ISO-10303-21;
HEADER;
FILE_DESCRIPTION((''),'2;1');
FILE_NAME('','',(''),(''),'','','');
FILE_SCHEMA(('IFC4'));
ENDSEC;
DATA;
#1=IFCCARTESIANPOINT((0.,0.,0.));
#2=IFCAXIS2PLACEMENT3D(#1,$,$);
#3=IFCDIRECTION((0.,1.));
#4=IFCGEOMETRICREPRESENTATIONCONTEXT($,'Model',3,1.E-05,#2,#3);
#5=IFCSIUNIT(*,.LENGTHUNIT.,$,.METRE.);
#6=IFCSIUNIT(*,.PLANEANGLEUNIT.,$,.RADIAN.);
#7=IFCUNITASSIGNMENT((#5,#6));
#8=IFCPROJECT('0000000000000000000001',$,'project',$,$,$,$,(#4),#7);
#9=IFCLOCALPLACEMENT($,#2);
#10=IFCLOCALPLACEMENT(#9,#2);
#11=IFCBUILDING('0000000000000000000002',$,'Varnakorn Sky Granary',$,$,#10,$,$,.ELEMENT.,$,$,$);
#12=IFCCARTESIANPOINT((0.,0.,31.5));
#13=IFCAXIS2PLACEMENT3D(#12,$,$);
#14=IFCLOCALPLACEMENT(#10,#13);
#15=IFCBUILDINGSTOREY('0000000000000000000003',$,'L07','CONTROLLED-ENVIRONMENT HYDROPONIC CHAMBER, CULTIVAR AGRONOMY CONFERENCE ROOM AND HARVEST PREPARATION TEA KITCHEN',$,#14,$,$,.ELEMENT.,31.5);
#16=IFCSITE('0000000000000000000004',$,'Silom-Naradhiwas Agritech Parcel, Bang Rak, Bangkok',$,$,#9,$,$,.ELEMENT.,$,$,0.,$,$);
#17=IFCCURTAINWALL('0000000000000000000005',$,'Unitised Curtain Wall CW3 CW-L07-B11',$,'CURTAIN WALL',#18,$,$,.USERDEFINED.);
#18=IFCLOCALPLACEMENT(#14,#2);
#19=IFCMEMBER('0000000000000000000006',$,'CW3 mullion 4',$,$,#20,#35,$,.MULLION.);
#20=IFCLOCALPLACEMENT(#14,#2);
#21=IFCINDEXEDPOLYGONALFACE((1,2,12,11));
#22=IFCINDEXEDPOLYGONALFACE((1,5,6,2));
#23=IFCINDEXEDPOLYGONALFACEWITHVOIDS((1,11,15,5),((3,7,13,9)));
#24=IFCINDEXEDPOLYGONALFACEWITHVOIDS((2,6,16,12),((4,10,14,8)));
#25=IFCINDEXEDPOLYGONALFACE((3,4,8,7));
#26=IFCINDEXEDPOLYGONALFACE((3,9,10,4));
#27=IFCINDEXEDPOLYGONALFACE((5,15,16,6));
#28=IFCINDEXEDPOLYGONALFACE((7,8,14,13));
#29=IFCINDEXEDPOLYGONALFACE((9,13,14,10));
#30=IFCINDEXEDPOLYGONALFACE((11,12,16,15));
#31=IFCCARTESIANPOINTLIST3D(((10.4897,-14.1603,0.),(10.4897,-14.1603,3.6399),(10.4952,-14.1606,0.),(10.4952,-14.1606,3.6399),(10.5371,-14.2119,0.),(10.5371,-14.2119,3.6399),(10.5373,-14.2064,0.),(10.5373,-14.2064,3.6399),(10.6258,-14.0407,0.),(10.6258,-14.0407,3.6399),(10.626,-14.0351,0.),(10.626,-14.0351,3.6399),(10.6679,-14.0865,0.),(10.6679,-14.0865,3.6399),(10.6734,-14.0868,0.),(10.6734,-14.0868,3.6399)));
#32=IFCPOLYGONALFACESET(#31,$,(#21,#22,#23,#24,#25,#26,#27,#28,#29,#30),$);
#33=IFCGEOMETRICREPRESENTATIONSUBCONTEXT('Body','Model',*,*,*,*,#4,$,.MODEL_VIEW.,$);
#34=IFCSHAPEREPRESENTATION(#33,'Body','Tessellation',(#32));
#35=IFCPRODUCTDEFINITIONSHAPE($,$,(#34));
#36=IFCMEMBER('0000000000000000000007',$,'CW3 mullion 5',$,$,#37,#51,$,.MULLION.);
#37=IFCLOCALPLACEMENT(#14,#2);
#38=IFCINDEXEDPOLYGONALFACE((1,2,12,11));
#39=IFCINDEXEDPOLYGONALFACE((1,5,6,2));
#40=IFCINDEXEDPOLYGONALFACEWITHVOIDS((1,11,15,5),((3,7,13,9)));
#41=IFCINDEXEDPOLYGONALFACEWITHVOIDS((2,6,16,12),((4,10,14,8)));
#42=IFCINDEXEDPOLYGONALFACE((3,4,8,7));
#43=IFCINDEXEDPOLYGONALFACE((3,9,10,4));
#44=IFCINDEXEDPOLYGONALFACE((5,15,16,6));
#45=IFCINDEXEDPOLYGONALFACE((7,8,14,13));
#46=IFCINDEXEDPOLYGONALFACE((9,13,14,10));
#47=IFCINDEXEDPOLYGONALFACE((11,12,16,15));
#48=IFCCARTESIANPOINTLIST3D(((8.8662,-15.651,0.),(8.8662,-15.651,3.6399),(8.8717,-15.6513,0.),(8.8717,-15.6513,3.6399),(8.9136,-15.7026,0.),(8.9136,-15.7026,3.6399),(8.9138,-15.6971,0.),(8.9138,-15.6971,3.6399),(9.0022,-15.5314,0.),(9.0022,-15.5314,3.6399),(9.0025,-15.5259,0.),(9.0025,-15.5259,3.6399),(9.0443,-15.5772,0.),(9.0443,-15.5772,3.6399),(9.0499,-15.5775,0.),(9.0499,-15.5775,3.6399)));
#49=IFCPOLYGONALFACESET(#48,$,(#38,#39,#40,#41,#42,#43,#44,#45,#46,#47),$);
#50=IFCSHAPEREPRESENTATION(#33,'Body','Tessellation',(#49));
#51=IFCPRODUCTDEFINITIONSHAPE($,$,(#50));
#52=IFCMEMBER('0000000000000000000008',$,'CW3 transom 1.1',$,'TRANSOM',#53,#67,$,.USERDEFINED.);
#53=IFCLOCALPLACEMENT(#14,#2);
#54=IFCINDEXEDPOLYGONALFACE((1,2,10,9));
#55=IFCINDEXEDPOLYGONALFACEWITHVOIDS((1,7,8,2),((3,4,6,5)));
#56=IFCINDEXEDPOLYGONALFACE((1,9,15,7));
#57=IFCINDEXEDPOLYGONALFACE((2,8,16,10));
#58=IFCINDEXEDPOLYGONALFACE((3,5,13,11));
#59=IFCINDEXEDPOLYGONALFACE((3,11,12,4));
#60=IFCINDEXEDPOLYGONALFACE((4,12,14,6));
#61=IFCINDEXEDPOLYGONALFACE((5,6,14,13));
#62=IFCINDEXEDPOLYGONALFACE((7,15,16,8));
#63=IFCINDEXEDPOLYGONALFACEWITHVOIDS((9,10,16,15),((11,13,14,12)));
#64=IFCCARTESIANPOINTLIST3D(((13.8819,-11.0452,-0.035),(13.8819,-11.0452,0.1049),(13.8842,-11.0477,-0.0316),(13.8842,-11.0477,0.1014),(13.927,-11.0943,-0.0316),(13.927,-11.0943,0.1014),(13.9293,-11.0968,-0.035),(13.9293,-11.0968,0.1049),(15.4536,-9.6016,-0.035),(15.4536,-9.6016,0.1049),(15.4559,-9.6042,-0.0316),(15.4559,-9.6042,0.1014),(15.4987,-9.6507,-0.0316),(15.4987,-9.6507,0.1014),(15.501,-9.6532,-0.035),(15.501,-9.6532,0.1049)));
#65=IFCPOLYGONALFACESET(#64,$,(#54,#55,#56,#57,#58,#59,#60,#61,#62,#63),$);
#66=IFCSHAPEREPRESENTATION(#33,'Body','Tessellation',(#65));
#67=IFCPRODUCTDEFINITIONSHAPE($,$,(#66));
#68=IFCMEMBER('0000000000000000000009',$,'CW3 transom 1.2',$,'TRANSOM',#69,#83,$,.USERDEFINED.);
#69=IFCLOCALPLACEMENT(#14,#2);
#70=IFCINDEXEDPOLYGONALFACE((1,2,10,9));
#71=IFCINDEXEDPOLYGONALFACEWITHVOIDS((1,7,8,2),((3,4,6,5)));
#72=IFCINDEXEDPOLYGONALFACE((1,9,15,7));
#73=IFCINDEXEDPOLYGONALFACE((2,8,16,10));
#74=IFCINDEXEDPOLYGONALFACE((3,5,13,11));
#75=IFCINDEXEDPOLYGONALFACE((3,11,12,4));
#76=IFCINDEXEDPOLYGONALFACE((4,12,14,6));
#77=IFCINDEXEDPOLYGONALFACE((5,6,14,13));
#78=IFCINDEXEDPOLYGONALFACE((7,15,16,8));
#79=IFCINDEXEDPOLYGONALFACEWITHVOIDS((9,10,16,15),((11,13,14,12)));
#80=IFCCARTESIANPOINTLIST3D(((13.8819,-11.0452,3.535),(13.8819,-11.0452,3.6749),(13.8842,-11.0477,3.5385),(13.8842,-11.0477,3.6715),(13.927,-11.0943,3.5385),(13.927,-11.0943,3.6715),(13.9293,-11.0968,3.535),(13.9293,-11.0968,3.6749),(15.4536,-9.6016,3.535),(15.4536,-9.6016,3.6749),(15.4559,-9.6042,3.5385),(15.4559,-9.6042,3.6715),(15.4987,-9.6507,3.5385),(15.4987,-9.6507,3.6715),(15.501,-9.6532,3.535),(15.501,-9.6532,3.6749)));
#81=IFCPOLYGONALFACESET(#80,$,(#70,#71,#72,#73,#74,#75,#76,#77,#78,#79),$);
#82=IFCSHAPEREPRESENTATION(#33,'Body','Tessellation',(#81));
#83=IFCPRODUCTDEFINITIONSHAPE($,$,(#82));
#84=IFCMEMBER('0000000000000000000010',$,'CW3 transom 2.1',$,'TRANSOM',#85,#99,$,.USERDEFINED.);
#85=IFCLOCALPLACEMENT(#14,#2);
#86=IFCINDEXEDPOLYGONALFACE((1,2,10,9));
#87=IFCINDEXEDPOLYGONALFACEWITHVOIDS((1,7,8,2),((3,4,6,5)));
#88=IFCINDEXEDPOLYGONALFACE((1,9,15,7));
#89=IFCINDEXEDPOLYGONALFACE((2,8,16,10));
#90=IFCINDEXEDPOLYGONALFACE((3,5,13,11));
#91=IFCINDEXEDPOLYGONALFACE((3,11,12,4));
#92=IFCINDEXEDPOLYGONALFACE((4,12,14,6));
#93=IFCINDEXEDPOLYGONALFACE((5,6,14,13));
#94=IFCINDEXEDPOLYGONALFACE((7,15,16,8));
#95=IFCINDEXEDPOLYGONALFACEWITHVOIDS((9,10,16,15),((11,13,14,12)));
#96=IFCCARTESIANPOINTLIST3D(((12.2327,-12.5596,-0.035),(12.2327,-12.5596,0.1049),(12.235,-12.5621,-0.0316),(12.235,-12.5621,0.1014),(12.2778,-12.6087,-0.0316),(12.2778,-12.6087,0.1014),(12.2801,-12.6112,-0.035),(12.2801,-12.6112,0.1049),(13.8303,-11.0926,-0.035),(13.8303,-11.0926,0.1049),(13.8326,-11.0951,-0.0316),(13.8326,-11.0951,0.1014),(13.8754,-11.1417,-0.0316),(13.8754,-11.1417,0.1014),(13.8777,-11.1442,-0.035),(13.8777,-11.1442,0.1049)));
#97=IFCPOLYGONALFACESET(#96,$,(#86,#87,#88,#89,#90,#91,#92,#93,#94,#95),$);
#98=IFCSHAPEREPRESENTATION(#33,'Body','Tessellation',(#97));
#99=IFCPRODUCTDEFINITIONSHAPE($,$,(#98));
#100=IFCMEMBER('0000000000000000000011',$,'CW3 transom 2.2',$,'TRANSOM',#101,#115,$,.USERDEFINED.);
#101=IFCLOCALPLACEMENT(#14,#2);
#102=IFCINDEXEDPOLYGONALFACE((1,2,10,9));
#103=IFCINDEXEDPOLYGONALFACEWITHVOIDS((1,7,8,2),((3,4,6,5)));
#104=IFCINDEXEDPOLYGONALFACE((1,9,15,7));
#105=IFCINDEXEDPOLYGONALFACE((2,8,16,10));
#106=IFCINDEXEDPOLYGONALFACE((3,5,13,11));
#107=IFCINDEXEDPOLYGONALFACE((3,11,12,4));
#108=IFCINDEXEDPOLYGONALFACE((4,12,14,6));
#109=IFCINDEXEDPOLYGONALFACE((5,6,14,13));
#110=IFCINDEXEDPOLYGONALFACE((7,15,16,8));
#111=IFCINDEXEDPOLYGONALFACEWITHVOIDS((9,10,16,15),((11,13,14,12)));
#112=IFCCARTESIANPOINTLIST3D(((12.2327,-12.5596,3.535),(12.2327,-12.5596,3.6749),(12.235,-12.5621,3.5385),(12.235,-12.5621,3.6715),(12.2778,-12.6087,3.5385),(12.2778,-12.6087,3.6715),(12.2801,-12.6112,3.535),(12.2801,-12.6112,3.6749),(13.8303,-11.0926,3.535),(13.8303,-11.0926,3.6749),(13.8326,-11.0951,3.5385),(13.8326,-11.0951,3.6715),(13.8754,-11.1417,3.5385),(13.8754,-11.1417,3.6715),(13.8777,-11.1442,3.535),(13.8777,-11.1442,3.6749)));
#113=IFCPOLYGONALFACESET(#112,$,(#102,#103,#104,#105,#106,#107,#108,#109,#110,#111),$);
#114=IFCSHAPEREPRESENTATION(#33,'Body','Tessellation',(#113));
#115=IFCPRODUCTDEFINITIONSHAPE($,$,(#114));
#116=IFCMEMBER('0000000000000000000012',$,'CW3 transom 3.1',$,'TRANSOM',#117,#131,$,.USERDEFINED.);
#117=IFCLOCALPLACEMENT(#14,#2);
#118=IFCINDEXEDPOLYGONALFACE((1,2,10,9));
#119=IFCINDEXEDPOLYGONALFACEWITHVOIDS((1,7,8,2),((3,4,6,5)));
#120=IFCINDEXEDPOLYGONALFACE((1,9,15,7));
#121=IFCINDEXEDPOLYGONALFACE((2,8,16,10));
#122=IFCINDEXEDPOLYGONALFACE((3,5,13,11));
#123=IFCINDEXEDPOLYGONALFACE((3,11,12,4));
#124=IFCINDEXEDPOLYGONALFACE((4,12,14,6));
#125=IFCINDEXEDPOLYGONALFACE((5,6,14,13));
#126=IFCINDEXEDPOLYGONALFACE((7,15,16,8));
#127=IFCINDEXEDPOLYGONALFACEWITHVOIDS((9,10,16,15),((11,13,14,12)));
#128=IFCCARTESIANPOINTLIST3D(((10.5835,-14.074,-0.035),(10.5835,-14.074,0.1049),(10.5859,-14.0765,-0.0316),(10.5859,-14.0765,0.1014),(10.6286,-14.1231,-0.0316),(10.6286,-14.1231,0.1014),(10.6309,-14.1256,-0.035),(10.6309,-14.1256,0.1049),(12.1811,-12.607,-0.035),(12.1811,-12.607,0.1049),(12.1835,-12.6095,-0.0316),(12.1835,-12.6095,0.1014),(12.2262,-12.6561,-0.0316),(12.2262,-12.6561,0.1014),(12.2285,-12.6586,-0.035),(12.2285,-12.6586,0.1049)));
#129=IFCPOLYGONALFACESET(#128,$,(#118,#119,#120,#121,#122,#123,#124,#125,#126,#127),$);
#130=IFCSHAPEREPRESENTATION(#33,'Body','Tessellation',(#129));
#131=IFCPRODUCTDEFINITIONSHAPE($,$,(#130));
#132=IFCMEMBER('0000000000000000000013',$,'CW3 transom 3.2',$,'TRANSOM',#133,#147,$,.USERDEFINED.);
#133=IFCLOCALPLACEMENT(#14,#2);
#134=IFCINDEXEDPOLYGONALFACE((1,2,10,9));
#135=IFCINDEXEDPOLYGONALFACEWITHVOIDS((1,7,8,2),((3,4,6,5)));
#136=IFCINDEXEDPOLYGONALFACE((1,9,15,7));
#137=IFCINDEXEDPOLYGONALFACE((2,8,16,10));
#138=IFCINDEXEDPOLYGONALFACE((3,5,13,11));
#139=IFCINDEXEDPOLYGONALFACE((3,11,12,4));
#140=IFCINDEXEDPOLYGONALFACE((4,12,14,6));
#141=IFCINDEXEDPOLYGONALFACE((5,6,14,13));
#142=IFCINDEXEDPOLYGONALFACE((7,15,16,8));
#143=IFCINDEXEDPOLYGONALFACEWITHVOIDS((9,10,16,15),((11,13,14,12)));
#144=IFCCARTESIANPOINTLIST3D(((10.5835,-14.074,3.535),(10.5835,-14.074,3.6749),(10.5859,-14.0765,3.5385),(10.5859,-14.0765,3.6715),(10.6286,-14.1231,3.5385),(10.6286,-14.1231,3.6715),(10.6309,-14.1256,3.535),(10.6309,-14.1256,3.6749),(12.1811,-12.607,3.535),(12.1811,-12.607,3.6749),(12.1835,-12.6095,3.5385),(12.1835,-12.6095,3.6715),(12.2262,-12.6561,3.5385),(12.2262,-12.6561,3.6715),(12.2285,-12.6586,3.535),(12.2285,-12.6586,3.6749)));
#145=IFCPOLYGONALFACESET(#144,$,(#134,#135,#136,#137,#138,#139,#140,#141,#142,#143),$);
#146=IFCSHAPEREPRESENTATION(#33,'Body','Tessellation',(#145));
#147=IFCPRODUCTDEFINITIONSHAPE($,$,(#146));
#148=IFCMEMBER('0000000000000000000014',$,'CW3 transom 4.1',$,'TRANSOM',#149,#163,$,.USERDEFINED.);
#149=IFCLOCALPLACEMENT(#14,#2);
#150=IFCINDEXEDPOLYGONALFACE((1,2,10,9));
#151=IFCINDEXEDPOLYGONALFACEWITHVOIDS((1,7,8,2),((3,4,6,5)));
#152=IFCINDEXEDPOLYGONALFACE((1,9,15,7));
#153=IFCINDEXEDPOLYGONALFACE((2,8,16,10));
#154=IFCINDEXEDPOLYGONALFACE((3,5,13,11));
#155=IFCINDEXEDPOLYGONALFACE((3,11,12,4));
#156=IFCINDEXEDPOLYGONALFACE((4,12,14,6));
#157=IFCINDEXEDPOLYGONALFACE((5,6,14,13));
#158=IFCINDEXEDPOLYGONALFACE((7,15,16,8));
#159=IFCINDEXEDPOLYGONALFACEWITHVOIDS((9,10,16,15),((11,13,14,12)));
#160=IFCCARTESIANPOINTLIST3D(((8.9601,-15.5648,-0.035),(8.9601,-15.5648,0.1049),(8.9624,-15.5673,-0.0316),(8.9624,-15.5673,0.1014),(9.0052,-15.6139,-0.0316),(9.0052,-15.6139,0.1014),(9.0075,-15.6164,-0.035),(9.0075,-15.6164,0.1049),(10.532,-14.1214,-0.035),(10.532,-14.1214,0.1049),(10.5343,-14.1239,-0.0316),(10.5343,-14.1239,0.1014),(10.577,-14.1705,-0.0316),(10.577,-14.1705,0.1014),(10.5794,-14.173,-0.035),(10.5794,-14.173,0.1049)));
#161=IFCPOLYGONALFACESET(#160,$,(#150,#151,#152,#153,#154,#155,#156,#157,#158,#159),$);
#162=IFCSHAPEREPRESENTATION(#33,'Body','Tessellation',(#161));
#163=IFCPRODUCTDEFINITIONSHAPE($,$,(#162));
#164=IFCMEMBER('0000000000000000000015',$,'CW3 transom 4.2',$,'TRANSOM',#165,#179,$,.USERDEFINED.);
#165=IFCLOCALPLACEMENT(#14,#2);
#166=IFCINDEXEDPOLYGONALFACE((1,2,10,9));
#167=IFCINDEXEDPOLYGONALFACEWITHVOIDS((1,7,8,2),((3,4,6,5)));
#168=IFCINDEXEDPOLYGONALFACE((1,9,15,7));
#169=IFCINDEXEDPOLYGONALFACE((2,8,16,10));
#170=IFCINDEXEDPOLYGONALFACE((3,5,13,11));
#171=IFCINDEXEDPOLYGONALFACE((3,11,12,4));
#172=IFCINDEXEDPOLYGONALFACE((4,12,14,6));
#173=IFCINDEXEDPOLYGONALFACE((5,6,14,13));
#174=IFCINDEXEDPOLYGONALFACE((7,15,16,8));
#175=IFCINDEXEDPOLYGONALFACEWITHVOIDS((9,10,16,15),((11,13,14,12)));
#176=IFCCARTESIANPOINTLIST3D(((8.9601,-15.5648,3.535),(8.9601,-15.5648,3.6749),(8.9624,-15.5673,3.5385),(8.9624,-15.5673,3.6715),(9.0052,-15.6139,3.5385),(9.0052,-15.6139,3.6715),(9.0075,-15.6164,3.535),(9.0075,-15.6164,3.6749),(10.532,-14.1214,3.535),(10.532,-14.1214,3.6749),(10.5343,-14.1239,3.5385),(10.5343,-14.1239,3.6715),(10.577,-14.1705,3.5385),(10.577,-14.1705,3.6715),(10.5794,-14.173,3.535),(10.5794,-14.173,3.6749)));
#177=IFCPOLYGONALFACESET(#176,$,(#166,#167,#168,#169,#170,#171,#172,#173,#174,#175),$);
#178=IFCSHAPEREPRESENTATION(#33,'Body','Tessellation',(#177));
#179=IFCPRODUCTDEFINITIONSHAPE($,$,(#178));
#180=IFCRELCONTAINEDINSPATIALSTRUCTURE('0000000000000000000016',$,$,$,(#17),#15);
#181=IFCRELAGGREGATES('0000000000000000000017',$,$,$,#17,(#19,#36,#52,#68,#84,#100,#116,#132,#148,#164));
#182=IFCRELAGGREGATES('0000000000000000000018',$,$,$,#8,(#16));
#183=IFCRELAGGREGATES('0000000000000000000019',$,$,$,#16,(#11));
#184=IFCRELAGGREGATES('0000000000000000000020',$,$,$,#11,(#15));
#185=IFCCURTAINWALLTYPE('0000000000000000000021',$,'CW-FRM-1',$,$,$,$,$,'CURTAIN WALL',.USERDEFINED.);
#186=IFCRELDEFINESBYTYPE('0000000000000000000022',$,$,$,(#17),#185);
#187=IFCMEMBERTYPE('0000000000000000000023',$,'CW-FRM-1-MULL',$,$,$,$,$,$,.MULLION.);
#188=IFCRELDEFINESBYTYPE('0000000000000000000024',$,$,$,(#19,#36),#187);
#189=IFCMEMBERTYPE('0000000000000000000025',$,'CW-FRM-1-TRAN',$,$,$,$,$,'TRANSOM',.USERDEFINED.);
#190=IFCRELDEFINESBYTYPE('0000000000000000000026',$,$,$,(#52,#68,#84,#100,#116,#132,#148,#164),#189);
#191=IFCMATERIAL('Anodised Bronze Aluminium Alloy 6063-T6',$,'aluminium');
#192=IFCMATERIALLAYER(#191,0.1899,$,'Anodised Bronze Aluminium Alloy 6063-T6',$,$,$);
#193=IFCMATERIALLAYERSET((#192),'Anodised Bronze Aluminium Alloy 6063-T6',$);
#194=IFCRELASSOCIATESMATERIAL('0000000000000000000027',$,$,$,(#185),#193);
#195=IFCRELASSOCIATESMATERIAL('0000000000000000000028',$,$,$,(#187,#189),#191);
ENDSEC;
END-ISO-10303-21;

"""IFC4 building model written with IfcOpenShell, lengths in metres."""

from ifc_helpers import new_model, si_unit, direction, frame, origin, origin_2d, place, context, subcontext, project, spatial, hollow_rectangle, extrude, material, layer, layer_set, material_profile, profile_set, type_object, element, aggregate, save


model = new_model("IFC4")

# Units and contexts
model_context = context("Model", 3, precision=1e-05, world=origin(), true_north=direction((0.0, 1.0)))
body_context = subcontext(model_context, "Body", "Model", "MODEL_VIEW")
ifc_project = project(units=[si_unit("LENGTHUNIT", "METRE"), si_unit("PLANEANGLEUNIT", "RADIAN")], contexts=[model_context])

# Site, building, storey
site_placement = place(None, origin())
site = spatial("IfcSite", under=ifc_project, at=site_placement, Name="Silom-Naradhiwas Agritech Parcel, Bang Rak, Bangkok", CompositionType="ELEMENT", RefElevation=0.0)
building_placement = place(site_placement, origin())
building = spatial("IfcBuilding", under=site, at=building_placement, Name="Varnakorn Sky Granary", CompositionType="ELEMENT")
storey_placement = place(building_placement, frame((0.0, 0.0, 31.5)))
storey = spatial("IfcBuildingStorey", under=building, at=storey_placement, Name="L07", Description="CONTROLLED-ENVIRONMENT HYDROPONIC CHAMBER, CULTIVAR AGRONOMY CONFERENCE ROOM AND HARVEST PREPARATION TEA KITCHEN", CompositionType="ELEMENT", Elevation=31.5)

# Curtain wall, members
ifc_material_1 = material(Name="Anodised Bronze Aluminium Alloy 6063-T6", Category="aluminium")
ifc_layer_1 = layer(ifc_material_1, 0.1899, Name="Anodised Bronze Aluminium Alloy 6063-T6")
ifc_layer_set_1 = layer_set([ifc_layer_1], Name="Anodised Bronze Aluminium Alloy 6063-T6")
curtain_wall_type = type_object("IfcCurtainWallType", Name="CW-FRM-1", ElementType="CURTAIN WALL", PredefinedType="USERDEFINED", material=ifc_layer_set_1)
curtain_wall_placement = place(storey_placement, origin())
curtain_wall = element("IfcCurtainWall", 1, at=curtain_wall_placement, inside=storey, type_object=curtain_wall_type, Name="Unitised Curtain Wall CW3 CW-L07-B11", ObjectType="CURTAIN WALL", PredefinedType="USERDEFINED")
ifc_material_profile_1 = material_profile(ifc_material_1, hollow_rectangle(XDim=0.0701, YDim=0.1851, WallThickness=0.0039, at=origin_2d()), Name="ALU MULL 70x185")
ifc_profile_set_1 = profile_set([ifc_material_profile_1], Name="Anodised Bronze Aluminium Alloy 6063-T6")
member_type_1 = type_object("IfcMemberType", Name="CW-FRM-1-MULL", PredefinedType="MULLION", material=ifc_profile_set_1)
member_1_placement = place(storey_placement, frame((10.5815, -14.1235, 0.0), z_axis=(0.0, 0.0, 1.0), x_axis=(0.676387, -0.736547, 0.0)))
member_1 = element("IfcMember", 2, at=member_1_placement, type_object=member_type_1, Name="CW3 mullion 4", PredefinedType="MULLION", context=body_context, shape_type="SweptSolid", body=[
    extrude(hollow_rectangle(XDim=0.0701, YDim=0.1851, WallThickness=0.0039, at=origin_2d()), origin(), (0.0, 0.0, 1.0), 3.6399),
])
member_2_placement = place(storey_placement, frame((8.958, -15.6143, 0.0), z_axis=(0.0, 0.0, 1.0), x_axis=(0.676387, -0.736547, 0.0)))
member_2 = element("IfcMember", 3, at=member_2_placement, type_object=member_type_1, Name="CW3 mullion 5", PredefinedType="MULLION", context=body_context, shape_type="SweptSolid", body=[
    extrude(hollow_rectangle(XDim=0.0701, YDim=0.1851, WallThickness=0.0039, at=origin_2d()), origin(), (0.0, 0.0, 1.0), 3.6399),
])
ifc_material_profile_2 = material_profile(ifc_material_1, hollow_rectangle(XDim=0.0701, YDim=0.1399, WallThickness=0.0034, at=origin_2d()), Name="ALU TRAN 70x140")
ifc_profile_set_2 = profile_set([ifc_material_profile_2], Name="Anodised Bronze Aluminium Alloy 6063-T6")
member_type_2 = type_object("IfcMemberType", Name="CW-FRM-1-TRAN", ElementType="TRANSOM", PredefinedType="USERDEFINED", material=ifc_profile_set_2)
member_3_placement = place(storey_placement, frame((15.4773, -9.6274, 0.0349), z_axis=(-0.736498, -0.676439, 0.0), x_axis=(0.676439, -0.736498, 0.0)))
member_3 = element("IfcMember", 4, at=member_3_placement, type_object=member_type_2, Name="CW3 transom 1.1", ObjectType="TRANSOM", PredefinedType="USERDEFINED", context=body_context, shape_type="SweptSolid", body=[
    extrude(hollow_rectangle(XDim=0.0701, YDim=0.1399, WallThickness=0.0034, at=origin_2d()), origin(), (0.0, 0.0, 1.0), 2.134),
])
member_4_placement = place(storey_placement, frame((15.4773, -9.6274, 3.605), z_axis=(-0.736498, -0.676439, 0.0), x_axis=(0.676439, -0.736498, 0.0)))
member_4 = element("IfcMember", 5, at=member_4_placement, type_object=member_type_2, Name="CW3 transom 1.2", ObjectType="TRANSOM", PredefinedType="USERDEFINED", context=body_context, shape_type="SweptSolid", body=[
    extrude(hollow_rectangle(XDim=0.0701, YDim=0.1399, WallThickness=0.0034, at=origin_2d()), origin(), (0.0, 0.0, 1.0), 2.134),
])
member_5_placement = place(storey_placement, frame((13.854, -11.1184, 0.0349), z_axis=(-0.736575, -0.676356, 0.0), x_axis=(0.676356, -0.736575, 0.0)))
member_5 = element("IfcMember", 6, at=member_5_placement, type_object=member_type_2, Name="CW3 transom 2.1", ObjectType="TRANSOM", PredefinedType="USERDEFINED", context=body_context, shape_type="SweptSolid", body=[
    extrude(hollow_rectangle(XDim=0.0701, YDim=0.1399, WallThickness=0.0034, at=origin_2d()), origin(), (0.0, 0.0, 1.0), 2.1689),
])
member_6_placement = place(storey_placement, frame((13.854, -11.1184, 3.605), z_axis=(-0.736575, -0.676356, 0.0), x_axis=(0.676356, -0.736575, 0.0)))
member_6 = element("IfcMember", 7, at=member_6_placement, type_object=member_type_2, Name="CW3 transom 2.2", ObjectType="TRANSOM", PredefinedType="USERDEFINED", context=body_context, shape_type="SweptSolid", body=[
    extrude(hollow_rectangle(XDim=0.0701, YDim=0.1399, WallThickness=0.0034, at=origin_2d()), origin(), (0.0, 0.0, 1.0), 2.1689),
])
member_7_placement = place(storey_placement, frame((12.2048, -12.6328, 0.0349), z_axis=(-0.736575, -0.676356, 0.0), x_axis=(0.676356, -0.736575, 0.0)))
member_7 = element("IfcMember", 8, at=member_7_placement, type_object=member_type_2, Name="CW3 transom 3.1", ObjectType="TRANSOM", PredefinedType="USERDEFINED", context=body_context, shape_type="SweptSolid", body=[
    extrude(hollow_rectangle(XDim=0.0701, YDim=0.1399, WallThickness=0.0034, at=origin_2d()), origin(), (0.0, 0.0, 1.0), 2.1689),
])
member_8_placement = place(storey_placement, frame((12.2048, -12.6328, 3.605), z_axis=(-0.736575, -0.676356, 0.0), x_axis=(0.676356, -0.736575, 0.0)))
member_8 = element("IfcMember", 9, at=member_8_placement, type_object=member_type_2, Name="CW3 transom 3.2", ObjectType="TRANSOM", PredefinedType="USERDEFINED", context=body_context, shape_type="SweptSolid", body=[
    extrude(hollow_rectangle(XDim=0.0701, YDim=0.1399, WallThickness=0.0034, at=origin_2d()), origin(), (0.0, 0.0, 1.0), 2.1689),
])
member_9_placement = place(storey_placement, frame((10.5557, -14.1472, 0.0349), z_axis=(-0.736555, -0.676377, 0.0), x_axis=(0.676377, -0.736555, 0.0)))
member_9 = element("IfcMember", 10, at=member_9_placement, type_object=member_type_2, Name="CW3 transom 4.1", ObjectType="TRANSOM", PredefinedType="USERDEFINED", context=body_context, shape_type="SweptSolid", body=[
    extrude(hollow_rectangle(XDim=0.0701, YDim=0.1399, WallThickness=0.0034, at=origin_2d()), origin(), (0.0, 0.0, 1.0), 2.134),
])
member_10_placement = place(storey_placement, frame((10.5557, -14.1472, 3.605), z_axis=(-0.736555, -0.676377, 0.0), x_axis=(0.676377, -0.736555, 0.0)))
member_10 = element("IfcMember", 11, at=member_10_placement, type_object=member_type_2, Name="CW3 transom 4.2", ObjectType="TRANSOM", PredefinedType="USERDEFINED", context=body_context, shape_type="SweptSolid", body=[
    extrude(hollow_rectangle(XDim=0.0701, YDim=0.1399, WallThickness=0.0034, at=origin_2d()), origin(), (0.0, 0.0, 1.0), 2.134),
])

aggregate(curtain_wall, [member_1, member_2, member_3, member_4, member_5, member_6, member_7, member_8, member_9, member_10])

save(model, "model.ifc")
